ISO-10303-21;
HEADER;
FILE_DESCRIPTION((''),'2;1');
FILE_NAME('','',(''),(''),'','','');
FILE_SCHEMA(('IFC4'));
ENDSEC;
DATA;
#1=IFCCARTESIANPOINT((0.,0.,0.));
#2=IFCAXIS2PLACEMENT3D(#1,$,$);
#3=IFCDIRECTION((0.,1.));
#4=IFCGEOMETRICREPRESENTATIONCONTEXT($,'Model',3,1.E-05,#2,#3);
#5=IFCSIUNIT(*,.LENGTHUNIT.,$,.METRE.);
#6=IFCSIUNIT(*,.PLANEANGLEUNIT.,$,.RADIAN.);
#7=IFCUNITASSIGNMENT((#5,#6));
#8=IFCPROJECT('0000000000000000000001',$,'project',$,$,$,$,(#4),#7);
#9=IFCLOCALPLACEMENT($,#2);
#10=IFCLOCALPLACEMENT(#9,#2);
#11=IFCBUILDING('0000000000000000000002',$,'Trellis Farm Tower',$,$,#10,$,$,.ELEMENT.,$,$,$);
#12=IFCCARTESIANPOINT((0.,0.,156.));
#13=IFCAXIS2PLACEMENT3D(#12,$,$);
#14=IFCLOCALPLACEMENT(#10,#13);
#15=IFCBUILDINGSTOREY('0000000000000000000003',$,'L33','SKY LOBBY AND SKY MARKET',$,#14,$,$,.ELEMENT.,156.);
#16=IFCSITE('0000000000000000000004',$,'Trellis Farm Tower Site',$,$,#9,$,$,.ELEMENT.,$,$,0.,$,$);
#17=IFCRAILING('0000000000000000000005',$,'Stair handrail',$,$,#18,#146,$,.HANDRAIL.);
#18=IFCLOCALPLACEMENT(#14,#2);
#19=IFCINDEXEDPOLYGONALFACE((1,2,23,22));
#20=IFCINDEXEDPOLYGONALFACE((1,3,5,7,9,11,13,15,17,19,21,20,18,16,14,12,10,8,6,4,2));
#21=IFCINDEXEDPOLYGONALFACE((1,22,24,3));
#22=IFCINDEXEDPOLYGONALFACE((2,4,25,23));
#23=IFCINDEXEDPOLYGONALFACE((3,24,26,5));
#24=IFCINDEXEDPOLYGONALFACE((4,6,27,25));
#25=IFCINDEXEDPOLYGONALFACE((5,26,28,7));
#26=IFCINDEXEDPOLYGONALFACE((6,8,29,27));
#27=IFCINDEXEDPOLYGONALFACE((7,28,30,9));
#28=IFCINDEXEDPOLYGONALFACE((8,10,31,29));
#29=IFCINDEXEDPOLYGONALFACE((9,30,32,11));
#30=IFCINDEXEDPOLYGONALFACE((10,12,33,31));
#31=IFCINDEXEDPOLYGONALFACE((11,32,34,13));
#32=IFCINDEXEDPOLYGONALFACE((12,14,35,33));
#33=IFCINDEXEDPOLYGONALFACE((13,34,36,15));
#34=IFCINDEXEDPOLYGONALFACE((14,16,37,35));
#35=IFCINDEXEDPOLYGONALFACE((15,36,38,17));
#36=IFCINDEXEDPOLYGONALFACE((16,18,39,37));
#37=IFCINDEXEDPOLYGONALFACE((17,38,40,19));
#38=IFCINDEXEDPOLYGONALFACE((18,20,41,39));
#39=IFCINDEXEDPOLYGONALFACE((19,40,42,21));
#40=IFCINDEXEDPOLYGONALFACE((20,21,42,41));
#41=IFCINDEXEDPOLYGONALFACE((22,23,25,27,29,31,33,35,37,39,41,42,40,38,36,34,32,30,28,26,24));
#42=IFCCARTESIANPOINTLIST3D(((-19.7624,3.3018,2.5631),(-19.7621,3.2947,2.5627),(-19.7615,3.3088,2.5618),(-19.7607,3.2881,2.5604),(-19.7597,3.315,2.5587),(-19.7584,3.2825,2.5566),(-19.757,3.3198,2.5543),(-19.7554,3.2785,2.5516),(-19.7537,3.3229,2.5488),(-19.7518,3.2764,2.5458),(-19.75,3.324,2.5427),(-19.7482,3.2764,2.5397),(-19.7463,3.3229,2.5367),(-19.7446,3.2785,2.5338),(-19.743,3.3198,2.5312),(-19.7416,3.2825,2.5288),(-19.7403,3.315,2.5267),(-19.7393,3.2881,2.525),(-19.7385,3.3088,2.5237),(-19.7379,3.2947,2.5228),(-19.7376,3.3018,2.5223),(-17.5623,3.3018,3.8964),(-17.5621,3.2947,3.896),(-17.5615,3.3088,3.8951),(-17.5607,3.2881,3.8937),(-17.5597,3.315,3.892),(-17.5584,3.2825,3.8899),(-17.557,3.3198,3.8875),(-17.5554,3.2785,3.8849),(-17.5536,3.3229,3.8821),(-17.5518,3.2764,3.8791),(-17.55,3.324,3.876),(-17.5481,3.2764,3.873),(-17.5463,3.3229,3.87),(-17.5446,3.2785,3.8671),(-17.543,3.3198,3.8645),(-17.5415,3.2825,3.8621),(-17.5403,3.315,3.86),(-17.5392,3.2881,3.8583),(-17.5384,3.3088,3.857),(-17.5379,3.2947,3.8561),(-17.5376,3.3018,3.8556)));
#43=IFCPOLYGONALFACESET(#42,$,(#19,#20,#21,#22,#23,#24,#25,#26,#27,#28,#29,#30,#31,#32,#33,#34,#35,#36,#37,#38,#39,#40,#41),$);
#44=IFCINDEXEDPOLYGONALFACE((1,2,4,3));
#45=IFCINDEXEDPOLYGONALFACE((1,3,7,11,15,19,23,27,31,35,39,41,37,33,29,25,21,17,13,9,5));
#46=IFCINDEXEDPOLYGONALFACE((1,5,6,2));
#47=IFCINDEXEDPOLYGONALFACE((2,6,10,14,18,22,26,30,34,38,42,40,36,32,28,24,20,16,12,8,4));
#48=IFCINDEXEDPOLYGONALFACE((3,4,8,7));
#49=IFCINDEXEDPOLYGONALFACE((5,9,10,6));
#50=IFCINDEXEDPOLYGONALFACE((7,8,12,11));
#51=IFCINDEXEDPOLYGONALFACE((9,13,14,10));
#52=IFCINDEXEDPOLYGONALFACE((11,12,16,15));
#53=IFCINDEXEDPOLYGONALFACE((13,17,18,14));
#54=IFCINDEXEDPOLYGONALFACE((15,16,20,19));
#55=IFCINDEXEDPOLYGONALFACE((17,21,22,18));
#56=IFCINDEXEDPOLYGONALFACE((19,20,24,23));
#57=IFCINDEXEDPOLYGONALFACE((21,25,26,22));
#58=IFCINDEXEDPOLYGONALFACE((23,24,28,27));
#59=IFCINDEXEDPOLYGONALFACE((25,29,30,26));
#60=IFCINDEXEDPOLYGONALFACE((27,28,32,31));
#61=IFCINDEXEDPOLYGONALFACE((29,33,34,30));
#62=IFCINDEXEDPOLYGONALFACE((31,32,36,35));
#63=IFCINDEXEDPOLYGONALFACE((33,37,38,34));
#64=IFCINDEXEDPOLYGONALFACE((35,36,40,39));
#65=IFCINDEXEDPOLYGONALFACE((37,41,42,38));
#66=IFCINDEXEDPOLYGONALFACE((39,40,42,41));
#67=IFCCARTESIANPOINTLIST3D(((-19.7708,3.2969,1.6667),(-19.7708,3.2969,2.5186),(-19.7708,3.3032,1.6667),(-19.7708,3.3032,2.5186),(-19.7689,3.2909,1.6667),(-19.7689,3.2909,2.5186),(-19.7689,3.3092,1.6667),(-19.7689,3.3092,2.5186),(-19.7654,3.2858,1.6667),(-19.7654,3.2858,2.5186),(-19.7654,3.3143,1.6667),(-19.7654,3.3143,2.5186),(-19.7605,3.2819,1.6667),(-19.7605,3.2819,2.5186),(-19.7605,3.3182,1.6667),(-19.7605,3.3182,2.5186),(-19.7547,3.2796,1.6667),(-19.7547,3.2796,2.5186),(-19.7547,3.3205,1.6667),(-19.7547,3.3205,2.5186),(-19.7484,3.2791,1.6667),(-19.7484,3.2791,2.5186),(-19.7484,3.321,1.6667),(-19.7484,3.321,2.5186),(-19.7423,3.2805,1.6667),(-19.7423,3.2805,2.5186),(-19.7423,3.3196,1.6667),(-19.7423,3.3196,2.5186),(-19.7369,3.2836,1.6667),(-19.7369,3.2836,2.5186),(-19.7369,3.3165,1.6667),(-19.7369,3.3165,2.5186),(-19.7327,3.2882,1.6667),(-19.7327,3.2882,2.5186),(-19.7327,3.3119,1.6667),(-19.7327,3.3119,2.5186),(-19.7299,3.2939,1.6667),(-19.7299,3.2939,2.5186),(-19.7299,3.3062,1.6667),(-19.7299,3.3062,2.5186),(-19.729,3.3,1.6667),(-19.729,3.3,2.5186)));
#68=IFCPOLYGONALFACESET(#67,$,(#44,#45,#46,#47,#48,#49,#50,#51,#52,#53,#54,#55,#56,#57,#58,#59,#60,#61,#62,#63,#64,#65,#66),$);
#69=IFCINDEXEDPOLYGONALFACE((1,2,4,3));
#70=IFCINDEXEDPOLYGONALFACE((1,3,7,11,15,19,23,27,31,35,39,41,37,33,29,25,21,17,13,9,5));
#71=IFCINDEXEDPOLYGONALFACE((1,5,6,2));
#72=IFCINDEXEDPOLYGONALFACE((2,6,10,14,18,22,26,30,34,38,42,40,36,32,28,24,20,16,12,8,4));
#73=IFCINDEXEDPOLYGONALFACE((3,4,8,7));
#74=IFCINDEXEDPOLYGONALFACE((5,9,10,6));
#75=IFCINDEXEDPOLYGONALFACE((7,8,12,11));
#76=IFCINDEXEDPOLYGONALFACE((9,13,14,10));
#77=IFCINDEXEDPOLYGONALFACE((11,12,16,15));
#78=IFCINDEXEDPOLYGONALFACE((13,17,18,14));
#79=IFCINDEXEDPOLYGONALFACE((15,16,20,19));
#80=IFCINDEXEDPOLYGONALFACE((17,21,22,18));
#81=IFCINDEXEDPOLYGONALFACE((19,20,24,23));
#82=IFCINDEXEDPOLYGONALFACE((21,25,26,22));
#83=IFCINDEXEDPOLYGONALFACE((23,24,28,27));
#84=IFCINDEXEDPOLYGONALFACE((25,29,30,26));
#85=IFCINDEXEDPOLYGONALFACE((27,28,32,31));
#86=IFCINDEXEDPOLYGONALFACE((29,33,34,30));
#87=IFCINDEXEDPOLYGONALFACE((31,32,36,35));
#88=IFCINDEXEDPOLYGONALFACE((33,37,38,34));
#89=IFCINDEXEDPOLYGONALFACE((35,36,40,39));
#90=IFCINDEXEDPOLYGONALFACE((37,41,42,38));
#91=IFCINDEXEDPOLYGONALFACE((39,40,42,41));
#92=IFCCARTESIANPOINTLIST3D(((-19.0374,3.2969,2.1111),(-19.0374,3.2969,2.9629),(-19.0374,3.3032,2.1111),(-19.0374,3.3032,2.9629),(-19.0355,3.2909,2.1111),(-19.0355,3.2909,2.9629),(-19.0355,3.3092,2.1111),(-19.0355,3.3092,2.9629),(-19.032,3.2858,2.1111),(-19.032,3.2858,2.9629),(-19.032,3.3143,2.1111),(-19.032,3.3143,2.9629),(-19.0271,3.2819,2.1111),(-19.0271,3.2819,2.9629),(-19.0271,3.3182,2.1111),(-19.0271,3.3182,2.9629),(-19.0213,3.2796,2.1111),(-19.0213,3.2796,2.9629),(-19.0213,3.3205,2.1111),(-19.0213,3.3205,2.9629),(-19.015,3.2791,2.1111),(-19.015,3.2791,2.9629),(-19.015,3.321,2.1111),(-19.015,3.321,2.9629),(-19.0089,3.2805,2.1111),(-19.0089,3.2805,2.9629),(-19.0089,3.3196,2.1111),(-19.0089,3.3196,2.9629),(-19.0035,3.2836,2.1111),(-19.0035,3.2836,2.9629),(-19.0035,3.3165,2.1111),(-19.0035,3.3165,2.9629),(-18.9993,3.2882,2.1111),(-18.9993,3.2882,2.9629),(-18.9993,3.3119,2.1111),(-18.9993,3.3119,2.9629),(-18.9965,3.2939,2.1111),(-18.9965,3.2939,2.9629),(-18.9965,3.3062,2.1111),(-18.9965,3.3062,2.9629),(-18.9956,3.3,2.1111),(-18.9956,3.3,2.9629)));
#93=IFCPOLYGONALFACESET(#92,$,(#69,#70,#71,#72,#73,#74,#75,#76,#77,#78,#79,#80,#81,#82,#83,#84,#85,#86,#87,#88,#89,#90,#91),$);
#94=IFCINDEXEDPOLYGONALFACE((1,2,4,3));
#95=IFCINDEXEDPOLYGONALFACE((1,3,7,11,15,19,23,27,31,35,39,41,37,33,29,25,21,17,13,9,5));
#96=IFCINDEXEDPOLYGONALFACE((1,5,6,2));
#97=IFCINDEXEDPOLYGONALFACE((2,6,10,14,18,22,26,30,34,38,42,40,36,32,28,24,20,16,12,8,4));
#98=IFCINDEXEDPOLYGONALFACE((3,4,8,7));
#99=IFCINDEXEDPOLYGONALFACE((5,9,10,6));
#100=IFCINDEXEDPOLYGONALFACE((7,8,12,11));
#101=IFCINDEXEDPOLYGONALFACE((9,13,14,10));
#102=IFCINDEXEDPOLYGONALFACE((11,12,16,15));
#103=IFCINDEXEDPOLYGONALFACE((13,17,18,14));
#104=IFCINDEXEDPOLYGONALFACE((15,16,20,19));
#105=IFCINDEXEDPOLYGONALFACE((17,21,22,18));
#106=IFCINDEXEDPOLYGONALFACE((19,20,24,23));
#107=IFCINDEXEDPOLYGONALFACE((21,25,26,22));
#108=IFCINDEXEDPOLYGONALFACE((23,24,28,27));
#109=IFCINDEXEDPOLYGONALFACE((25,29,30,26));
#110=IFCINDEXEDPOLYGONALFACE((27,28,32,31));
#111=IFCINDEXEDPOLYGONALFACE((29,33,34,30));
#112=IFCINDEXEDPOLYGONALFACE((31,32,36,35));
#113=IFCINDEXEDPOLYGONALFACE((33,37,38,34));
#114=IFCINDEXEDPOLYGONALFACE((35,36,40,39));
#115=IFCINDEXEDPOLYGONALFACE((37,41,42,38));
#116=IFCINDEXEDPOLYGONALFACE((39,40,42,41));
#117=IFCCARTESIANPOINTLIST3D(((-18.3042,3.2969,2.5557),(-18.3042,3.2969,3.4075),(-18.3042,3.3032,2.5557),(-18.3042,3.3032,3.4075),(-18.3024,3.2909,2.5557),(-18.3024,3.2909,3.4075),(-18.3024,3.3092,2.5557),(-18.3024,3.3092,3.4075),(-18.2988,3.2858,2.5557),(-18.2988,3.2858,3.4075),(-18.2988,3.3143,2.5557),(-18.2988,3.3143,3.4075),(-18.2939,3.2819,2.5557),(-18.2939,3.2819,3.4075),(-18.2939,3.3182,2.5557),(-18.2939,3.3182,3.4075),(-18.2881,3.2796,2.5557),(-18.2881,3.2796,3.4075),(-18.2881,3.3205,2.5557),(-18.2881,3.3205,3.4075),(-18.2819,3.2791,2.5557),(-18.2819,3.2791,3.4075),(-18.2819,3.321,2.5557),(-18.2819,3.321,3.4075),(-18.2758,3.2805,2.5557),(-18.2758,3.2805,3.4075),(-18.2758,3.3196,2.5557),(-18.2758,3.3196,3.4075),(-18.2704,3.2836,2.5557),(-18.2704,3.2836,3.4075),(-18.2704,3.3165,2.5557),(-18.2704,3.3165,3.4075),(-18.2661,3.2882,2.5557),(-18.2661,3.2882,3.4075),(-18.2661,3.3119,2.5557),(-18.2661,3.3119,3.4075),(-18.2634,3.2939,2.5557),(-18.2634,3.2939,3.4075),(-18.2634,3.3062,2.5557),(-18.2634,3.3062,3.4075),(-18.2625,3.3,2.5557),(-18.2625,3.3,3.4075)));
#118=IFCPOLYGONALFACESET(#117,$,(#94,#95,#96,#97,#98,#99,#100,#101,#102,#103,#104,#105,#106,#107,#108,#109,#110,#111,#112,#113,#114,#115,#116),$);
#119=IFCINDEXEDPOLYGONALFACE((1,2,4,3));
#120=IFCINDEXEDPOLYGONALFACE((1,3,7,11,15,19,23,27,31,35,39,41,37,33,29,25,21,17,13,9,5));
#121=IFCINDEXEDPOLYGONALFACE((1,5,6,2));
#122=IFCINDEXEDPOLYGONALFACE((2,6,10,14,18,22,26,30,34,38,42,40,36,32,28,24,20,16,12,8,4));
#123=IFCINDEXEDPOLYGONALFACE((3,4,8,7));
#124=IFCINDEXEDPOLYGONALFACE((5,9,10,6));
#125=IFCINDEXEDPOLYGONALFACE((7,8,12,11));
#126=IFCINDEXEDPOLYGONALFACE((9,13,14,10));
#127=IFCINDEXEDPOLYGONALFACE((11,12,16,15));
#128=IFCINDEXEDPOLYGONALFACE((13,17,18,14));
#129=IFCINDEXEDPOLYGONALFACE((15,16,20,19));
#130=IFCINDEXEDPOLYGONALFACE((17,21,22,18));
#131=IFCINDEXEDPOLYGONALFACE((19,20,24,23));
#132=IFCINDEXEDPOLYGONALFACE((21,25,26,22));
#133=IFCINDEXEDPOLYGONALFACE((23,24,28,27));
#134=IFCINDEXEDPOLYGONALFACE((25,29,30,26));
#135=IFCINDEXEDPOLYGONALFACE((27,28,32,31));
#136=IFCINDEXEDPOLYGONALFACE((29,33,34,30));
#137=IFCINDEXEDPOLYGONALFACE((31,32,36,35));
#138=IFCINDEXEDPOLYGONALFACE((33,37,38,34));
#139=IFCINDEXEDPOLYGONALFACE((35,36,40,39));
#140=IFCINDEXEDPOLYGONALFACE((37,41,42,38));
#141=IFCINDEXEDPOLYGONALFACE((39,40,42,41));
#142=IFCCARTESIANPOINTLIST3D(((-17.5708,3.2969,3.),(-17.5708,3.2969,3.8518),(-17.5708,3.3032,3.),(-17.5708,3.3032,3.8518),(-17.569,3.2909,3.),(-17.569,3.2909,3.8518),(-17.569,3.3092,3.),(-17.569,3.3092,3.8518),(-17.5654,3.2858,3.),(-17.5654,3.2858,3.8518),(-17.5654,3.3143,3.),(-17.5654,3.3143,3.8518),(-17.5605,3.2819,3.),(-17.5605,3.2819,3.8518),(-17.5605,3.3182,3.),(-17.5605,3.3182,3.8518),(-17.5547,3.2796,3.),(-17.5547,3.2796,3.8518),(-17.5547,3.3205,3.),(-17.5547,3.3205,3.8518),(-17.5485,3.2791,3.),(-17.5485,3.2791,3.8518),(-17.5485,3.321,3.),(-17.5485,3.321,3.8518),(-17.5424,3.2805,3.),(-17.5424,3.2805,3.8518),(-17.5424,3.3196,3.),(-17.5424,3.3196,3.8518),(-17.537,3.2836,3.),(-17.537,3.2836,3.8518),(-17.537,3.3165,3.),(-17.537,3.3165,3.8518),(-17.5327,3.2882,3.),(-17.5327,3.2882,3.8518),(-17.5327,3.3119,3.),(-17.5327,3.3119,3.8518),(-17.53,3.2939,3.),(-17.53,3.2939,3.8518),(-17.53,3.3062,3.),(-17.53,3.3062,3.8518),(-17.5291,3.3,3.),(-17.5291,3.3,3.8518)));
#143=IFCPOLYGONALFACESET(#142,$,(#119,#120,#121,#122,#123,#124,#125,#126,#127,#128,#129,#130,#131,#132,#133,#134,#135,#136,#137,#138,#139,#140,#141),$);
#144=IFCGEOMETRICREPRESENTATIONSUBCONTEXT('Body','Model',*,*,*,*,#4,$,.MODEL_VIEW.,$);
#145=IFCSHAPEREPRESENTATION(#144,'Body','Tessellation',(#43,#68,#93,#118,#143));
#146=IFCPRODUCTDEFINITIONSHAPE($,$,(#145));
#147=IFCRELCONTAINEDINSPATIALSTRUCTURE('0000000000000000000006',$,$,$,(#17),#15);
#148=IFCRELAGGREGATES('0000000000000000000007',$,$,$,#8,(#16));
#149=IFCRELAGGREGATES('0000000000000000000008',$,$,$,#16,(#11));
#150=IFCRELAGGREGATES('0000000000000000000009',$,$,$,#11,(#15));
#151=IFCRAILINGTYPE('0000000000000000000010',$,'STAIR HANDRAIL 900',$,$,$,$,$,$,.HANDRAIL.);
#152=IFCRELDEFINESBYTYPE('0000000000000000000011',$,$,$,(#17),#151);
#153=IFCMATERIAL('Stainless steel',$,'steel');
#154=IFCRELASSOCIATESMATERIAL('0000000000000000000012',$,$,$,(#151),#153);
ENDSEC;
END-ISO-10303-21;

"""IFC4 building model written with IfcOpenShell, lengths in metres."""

from ifc_helpers import new_model, si_unit, direction, frame, origin, origin_2d, place, context, subcontext, project, spatial, circle, extrude, source, transform, mapped, material, type_object, element, save


model = new_model("IFC4")

# Units and contexts
model_context = context("Model", 3, precision=1e-05, world=origin(), true_north=direction((0.0, 1.0)))
body_context = subcontext(model_context, "Body", "Model", "MODEL_VIEW")
ifc_project = project(units=[si_unit("LENGTHUNIT", "METRE"), si_unit("PLANEANGLEUNIT", "RADIAN")], contexts=[model_context])

# Site, building, storey
site_placement = place(None, origin())
site = spatial("IfcSite", under=ifc_project, at=site_placement, Name="Trellis Farm Tower Site", CompositionType="ELEMENT", RefElevation=0.0)
building_placement = place(site_placement, origin())
building = spatial("IfcBuilding", under=site, at=building_placement, Name="Trellis Farm Tower", CompositionType="ELEMENT")
storey_placement = place(building_placement, frame((0.0, 0.0, 156.0)))
storey = spatial("IfcBuildingStorey", under=building, at=storey_placement, Name="L33", Description="SKY LOBBY AND SKY MARKET", CompositionType="ELEMENT", Elevation=156.0)

# Railing
ifc_material_1 = material(Name="Stainless steel", Category="steel")
railing_type = type_object("IfcRailingType", Name="STAIR HANDRAIL 900", PredefinedType="HANDRAIL", material=ifc_material_1)
shared_shape_1 = source(origin(), body_context, "Body", "SweptSolid", [
    extrude(circle(Radius=0.0239, at=origin_2d()), frame((0.0, 0.0, 0.876), z_axis=(0.855207, 0.0, 0.518287), x_axis=(0.0, 1.0, 0.0)), (0.0, 0.0, 1.0), 2.5725),
    extrude(circle(Radius=0.021, at=origin_2d()), origin(), (0.0, 0.0, 1.0), 0.8518),
    extrude(circle(Radius=0.021, at=origin_2d()), frame((0.7334, 0.0, 0.4443)), (0.0, 0.0, 1.0), 0.8518),
    extrude(circle(Radius=0.021, at=origin_2d()), frame((1.4666, 0.0, 0.8889)), (0.0, 0.0, 1.0), 0.8518),
    extrude(circle(Radius=0.021, at=origin_2d()), frame((2.2, 0.0, 1.3333)), (0.0, 0.0, 1.0), 0.8518),
])
for number, where, name in (
    (1, (-19.75, 3.3, 1.6667), "Stair handrail"),
):
    element("IfcRailing", number, at=place(storey_placement, frame(where)), inside=storey, type_object=railing_type, Name=name, PredefinedType="HANDRAIL", context=body_context, shape_type="MappedRepresentation", body=[
        mapped(shared_shape_1, transform((0.0, 0.0, 0.0))),
    ])

save(model, "model.ifc")
